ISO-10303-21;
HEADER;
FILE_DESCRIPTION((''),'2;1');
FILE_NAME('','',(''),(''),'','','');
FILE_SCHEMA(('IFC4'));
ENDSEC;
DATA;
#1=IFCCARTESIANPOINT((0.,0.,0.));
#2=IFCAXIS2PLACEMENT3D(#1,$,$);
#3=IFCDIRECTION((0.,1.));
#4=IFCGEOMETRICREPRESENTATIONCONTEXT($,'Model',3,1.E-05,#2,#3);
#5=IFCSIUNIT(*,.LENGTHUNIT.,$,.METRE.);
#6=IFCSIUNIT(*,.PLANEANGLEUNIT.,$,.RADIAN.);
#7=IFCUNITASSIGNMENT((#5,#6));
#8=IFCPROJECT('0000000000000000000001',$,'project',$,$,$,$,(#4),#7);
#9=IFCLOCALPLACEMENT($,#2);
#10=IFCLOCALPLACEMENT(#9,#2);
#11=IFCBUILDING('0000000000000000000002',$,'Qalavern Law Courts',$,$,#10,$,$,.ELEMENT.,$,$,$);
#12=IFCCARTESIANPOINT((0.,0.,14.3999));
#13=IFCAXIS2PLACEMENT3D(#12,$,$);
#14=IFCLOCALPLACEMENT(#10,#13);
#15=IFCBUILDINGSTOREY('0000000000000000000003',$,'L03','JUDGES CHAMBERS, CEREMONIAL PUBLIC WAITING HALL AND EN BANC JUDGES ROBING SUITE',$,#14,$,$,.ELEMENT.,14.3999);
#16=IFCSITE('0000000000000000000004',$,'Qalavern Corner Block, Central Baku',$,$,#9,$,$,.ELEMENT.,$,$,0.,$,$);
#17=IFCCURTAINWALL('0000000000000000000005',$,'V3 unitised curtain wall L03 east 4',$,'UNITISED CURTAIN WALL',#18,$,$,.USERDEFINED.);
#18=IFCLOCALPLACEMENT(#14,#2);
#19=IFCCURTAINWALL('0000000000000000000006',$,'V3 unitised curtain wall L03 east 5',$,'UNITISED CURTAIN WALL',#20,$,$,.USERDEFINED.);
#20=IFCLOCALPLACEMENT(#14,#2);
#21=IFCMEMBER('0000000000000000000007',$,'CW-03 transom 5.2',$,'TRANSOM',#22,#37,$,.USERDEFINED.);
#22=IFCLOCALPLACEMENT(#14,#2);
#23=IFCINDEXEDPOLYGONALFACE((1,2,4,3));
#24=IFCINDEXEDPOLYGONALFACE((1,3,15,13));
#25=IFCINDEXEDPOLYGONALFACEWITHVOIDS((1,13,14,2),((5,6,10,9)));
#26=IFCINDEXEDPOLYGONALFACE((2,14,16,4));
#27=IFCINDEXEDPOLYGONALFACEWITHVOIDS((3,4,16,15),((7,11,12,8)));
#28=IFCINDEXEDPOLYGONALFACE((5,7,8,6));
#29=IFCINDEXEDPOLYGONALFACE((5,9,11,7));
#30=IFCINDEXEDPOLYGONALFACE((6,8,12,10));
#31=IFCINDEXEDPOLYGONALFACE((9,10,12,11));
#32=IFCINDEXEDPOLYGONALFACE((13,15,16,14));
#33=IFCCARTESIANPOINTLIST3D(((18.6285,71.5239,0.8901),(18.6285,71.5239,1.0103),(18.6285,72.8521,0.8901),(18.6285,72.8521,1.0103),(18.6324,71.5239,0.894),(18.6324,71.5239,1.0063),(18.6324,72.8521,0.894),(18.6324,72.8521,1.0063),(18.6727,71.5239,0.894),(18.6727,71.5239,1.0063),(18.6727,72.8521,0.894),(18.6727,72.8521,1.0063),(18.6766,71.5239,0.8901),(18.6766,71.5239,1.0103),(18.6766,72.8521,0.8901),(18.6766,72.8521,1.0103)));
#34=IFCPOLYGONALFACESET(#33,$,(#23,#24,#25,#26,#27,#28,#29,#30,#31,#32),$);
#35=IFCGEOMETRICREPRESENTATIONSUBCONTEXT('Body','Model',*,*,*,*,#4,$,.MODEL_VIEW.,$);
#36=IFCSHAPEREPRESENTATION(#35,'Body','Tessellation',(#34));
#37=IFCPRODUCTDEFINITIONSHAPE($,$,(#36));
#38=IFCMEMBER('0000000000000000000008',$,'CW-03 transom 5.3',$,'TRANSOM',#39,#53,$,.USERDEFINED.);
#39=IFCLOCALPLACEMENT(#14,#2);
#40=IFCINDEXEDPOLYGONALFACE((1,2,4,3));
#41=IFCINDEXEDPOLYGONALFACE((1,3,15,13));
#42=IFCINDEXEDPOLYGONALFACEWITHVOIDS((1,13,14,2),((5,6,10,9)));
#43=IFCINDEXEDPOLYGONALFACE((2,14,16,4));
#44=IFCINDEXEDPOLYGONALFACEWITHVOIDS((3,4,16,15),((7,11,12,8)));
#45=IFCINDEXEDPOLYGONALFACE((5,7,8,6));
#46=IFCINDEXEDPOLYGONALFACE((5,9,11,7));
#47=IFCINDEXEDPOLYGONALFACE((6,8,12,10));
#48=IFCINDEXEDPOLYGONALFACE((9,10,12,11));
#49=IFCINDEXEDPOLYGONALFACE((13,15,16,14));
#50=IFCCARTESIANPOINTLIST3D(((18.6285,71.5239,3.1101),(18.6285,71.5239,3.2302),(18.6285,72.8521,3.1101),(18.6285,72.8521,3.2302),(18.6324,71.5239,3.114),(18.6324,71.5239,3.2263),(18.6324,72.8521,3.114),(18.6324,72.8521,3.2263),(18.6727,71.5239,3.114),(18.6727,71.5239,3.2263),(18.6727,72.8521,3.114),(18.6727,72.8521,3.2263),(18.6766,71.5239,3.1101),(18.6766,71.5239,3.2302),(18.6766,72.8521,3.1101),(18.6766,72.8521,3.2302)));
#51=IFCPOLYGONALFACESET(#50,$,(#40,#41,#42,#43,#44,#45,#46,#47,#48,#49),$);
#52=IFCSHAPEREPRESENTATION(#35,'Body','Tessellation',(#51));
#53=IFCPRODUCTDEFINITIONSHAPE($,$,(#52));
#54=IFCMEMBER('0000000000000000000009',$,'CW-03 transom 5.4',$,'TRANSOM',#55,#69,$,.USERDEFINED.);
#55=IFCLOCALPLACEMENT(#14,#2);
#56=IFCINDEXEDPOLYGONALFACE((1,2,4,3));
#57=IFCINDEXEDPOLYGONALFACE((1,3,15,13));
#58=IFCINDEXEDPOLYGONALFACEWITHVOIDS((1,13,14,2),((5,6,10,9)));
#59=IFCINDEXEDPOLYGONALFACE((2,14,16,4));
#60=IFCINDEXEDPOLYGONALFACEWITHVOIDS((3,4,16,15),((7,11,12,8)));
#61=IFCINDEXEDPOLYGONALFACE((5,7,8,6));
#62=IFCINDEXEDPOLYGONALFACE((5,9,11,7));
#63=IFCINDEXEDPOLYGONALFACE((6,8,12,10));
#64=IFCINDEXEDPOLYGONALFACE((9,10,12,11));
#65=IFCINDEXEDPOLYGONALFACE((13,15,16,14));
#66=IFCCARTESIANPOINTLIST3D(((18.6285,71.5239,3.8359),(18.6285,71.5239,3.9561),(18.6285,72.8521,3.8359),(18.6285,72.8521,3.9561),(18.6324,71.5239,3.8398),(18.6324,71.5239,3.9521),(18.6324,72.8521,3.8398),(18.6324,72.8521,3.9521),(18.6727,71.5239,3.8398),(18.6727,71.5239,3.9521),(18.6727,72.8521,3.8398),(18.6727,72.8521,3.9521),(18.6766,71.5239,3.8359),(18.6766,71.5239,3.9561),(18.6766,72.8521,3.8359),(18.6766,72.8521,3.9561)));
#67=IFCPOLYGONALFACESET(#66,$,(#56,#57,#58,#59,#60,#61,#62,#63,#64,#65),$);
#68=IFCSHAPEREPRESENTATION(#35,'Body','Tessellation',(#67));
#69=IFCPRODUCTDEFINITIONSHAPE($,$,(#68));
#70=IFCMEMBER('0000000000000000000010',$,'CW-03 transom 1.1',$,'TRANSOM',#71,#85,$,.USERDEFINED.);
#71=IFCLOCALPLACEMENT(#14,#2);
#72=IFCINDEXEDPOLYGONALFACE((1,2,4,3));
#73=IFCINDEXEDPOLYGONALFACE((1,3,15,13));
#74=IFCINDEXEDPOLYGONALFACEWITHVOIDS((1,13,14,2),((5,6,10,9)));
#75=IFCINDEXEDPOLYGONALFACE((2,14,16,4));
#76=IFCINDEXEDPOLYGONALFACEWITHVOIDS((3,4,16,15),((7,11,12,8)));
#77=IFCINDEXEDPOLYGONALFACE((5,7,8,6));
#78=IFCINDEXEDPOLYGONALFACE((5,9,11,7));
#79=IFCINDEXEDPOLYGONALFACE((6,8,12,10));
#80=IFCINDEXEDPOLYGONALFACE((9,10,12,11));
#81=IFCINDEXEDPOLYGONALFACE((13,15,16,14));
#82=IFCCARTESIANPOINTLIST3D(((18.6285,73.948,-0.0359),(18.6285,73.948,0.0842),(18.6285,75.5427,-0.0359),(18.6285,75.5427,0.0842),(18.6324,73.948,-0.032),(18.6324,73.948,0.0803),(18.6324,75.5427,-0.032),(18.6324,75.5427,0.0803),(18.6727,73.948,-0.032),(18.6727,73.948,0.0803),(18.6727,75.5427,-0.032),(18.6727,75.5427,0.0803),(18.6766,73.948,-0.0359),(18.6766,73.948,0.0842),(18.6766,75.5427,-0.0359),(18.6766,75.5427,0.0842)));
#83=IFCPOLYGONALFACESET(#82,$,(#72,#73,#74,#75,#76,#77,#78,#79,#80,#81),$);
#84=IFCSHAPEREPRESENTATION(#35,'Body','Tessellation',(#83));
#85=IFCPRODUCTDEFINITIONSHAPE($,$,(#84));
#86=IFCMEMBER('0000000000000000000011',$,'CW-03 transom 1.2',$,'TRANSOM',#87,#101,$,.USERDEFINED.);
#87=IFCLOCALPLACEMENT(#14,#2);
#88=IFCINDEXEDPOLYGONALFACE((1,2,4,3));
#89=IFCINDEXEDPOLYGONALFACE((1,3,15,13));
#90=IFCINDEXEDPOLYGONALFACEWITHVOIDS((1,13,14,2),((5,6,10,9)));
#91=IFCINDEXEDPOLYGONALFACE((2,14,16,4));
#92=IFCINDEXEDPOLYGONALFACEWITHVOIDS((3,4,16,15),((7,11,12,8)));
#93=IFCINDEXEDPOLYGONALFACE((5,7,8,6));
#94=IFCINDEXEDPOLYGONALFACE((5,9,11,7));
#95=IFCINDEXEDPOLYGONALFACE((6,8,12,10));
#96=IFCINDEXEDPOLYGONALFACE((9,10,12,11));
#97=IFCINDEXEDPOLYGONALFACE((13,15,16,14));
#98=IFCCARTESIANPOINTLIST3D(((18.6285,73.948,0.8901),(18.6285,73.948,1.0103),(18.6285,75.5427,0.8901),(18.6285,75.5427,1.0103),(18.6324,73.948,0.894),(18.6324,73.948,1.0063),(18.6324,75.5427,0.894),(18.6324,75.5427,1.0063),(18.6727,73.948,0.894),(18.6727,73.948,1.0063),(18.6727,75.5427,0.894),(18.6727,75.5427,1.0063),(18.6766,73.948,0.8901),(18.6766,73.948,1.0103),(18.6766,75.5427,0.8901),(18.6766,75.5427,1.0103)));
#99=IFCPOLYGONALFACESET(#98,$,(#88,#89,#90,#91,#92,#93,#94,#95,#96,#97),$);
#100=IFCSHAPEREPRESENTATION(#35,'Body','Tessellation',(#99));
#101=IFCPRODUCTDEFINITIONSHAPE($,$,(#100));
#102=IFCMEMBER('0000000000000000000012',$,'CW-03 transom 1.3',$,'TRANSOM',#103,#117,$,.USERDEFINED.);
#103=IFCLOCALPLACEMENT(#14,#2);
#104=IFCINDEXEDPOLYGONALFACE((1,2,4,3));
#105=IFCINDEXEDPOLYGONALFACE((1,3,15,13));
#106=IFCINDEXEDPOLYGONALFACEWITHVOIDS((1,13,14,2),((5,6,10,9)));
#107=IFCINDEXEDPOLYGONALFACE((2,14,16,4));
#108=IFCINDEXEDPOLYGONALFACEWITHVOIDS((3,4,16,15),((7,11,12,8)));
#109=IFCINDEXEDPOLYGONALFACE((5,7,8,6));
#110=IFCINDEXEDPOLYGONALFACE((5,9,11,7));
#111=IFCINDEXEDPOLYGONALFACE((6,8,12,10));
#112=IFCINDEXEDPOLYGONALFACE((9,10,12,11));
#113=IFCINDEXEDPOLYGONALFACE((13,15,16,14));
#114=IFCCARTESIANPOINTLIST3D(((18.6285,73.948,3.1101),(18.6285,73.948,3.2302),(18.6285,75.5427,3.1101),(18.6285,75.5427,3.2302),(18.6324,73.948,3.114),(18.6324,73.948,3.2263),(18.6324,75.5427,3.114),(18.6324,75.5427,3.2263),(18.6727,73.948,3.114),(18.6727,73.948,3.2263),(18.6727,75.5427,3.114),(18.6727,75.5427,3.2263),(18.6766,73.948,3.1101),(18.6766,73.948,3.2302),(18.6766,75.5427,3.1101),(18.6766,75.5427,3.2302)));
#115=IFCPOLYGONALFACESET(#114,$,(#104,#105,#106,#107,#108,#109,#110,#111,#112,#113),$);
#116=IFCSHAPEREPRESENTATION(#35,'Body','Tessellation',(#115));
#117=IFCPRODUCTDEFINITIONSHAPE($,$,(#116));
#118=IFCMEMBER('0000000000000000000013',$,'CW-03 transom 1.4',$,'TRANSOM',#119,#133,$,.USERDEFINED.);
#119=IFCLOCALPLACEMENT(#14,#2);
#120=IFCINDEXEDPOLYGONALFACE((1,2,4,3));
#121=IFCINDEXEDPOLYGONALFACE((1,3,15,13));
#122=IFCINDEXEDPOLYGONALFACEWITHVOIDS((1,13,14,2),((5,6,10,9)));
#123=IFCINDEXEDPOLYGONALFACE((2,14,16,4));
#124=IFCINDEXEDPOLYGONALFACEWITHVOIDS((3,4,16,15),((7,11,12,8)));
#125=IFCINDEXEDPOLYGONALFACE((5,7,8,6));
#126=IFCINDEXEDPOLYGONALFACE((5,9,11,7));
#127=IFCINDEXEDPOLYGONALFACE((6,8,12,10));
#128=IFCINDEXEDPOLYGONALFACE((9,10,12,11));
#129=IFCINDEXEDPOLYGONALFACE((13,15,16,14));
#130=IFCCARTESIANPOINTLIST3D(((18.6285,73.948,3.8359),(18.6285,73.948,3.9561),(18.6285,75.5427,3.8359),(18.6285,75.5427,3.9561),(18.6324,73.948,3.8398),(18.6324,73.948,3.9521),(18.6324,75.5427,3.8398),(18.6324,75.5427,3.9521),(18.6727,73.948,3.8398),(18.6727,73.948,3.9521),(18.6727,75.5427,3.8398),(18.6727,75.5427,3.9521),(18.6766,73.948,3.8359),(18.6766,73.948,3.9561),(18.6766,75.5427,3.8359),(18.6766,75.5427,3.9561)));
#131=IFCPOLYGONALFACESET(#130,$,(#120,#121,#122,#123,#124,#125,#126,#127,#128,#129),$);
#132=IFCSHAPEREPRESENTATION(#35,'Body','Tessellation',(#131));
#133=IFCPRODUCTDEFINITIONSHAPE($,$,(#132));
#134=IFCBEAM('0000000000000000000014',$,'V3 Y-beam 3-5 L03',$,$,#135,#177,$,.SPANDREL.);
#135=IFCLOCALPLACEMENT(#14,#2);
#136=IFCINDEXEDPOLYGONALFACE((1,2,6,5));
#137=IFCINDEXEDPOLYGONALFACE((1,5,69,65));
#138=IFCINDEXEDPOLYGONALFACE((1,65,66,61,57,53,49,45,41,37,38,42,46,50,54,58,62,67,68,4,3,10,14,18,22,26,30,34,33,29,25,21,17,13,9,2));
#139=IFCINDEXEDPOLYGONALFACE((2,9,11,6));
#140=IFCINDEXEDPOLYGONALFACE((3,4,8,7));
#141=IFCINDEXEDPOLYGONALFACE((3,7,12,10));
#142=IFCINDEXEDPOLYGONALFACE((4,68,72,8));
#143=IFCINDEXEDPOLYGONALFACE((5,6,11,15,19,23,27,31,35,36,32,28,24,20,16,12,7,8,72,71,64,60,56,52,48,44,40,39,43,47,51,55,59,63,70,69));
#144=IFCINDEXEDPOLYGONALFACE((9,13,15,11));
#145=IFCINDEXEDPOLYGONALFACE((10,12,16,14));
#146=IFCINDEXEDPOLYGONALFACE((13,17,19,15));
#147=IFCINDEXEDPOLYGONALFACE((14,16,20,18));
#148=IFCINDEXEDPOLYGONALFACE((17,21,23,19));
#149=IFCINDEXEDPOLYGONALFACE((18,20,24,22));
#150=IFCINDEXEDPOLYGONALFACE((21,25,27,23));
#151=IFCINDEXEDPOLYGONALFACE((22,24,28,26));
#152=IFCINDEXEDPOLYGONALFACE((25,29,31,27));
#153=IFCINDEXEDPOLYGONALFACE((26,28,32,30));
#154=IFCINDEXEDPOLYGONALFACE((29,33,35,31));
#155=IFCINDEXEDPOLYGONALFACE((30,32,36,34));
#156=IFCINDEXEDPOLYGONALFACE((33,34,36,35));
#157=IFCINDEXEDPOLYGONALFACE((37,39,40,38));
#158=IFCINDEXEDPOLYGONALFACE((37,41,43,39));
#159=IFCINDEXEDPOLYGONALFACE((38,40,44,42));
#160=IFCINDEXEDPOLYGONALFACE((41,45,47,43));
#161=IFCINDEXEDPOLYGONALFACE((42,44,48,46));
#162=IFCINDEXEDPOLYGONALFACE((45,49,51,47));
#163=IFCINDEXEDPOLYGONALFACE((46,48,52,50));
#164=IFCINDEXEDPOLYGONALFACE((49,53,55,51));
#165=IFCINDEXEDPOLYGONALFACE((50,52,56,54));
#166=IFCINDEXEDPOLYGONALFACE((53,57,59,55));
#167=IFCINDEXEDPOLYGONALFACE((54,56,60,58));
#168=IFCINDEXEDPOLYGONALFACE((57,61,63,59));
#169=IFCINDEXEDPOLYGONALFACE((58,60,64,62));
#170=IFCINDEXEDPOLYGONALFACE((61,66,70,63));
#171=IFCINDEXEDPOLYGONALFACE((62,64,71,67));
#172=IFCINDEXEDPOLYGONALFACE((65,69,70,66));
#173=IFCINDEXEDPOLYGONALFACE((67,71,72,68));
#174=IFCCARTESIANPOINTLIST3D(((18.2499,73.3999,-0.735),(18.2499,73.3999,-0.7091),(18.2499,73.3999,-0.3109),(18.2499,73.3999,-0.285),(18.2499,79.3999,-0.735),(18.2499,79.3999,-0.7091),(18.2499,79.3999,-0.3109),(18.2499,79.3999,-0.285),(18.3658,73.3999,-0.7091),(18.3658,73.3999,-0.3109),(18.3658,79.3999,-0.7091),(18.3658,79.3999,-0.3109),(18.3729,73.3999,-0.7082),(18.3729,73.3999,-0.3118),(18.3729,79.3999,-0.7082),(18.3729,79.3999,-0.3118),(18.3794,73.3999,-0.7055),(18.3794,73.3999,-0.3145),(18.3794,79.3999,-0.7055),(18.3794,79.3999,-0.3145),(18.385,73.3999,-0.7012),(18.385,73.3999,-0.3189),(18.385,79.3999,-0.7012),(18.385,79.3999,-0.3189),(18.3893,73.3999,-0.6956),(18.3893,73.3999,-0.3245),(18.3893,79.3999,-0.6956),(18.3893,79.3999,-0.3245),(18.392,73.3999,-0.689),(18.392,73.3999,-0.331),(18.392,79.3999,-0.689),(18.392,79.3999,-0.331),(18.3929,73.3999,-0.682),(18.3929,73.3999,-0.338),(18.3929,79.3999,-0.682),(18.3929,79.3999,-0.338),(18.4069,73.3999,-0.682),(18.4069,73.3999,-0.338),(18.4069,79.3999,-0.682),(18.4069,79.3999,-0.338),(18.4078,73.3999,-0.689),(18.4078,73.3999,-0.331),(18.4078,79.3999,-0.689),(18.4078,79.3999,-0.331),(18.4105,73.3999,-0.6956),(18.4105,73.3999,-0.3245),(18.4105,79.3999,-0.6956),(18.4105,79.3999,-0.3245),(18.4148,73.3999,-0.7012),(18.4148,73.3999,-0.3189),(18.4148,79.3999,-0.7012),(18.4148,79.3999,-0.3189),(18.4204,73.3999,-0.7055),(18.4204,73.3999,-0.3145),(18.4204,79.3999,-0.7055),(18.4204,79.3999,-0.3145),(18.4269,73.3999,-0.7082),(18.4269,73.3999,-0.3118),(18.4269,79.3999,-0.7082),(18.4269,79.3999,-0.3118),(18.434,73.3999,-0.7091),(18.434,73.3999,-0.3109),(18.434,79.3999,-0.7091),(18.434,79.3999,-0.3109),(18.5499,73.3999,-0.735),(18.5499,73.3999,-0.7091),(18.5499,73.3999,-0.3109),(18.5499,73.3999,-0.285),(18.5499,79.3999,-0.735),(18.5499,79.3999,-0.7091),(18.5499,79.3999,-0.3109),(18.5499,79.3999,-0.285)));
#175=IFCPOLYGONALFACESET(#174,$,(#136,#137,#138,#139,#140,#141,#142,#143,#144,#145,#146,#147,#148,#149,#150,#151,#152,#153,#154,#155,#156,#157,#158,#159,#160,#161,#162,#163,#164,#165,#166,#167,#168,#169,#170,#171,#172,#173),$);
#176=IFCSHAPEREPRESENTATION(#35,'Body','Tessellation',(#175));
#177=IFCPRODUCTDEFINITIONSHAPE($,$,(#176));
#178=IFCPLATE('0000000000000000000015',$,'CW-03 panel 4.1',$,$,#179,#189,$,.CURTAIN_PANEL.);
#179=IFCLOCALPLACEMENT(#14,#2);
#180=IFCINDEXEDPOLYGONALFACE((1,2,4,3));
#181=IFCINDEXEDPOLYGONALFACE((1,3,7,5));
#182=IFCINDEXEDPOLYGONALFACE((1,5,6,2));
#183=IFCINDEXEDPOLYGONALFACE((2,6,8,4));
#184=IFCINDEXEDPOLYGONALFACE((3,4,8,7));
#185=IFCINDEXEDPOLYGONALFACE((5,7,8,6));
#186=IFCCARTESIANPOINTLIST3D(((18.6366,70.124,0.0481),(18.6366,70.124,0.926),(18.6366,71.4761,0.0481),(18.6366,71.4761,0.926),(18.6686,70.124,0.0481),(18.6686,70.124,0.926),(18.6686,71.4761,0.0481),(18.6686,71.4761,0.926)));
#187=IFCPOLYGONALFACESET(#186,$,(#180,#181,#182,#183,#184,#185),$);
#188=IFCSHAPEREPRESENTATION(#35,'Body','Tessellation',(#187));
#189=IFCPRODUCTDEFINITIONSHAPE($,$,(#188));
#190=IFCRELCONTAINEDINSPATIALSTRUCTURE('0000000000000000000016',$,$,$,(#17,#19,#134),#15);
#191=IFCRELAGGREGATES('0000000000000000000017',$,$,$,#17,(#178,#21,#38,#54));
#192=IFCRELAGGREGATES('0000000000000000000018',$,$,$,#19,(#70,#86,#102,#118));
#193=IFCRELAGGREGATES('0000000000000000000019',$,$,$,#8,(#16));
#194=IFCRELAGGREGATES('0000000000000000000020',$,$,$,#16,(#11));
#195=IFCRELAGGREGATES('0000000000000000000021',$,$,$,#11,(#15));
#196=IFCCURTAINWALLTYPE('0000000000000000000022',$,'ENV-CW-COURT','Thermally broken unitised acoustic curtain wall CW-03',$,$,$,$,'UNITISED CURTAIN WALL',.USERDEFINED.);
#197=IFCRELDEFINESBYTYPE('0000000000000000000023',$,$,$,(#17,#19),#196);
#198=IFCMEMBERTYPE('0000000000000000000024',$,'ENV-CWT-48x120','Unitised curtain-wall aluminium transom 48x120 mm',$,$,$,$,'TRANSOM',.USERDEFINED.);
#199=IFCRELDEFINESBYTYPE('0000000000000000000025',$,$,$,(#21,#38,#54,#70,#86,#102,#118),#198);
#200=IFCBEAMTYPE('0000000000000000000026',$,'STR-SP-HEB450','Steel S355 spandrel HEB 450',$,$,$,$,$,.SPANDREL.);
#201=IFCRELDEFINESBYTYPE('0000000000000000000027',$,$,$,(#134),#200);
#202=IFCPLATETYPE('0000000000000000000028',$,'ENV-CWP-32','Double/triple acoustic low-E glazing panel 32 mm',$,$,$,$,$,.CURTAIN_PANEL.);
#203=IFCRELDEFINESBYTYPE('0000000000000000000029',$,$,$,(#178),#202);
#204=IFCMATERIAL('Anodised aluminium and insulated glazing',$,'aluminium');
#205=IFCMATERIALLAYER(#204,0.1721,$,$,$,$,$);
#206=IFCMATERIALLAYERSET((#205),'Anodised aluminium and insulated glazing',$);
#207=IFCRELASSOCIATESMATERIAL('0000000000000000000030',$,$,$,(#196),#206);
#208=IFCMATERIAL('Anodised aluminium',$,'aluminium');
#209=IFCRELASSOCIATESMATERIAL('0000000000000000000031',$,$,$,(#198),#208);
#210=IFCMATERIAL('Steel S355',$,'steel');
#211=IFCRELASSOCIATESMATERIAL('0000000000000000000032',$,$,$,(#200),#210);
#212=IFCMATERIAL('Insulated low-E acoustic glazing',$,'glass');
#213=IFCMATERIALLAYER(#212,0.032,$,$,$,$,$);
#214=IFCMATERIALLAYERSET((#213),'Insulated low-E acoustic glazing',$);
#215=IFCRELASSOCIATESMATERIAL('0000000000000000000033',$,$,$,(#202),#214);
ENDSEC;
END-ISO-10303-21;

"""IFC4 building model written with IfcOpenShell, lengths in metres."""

from ifc_helpers import new_model, si_unit, direction, frame, origin, origin_2d, place, context, subcontext, project, spatial, rectangle, hollow_rectangle, i_section, extrude, material, layer, layer_set, material_profile, profile_set, type_object, element, aggregate, save


model = new_model("IFC4")

# Units and contexts
model_context = context("Model", 3, precision=1e-05, world=origin(), true_north=direction((0.0, 1.0)))
body_context = subcontext(model_context, "Body", "Model", "MODEL_VIEW")
ifc_project = project(units=[si_unit("LENGTHUNIT", "METRE"), si_unit("PLANEANGLEUNIT", "RADIAN")], contexts=[model_context])

# Site, building, storey
site_placement = place(None, origin())
site = spatial("IfcSite", under=ifc_project, at=site_placement, Name="Qalavern Corner Block, Central Baku", CompositionType="ELEMENT", RefElevation=0.0)
building_placement = place(site_placement, origin())
building = spatial("IfcBuilding", under=site, at=building_placement, Name="Qalavern Law Courts", CompositionType="ELEMENT")
storey_placement = place(building_placement, frame((0.0, 0.0, 14.3999)))
storey = spatial("IfcBuildingStorey", under=building, at=storey_placement, Name="L03", Description="JUDGES CHAMBERS, CEREMONIAL PUBLIC WAITING HALL AND EN BANC JUDGES ROBING SUITE", CompositionType="ELEMENT", Elevation=14.3999)

# Curtain walls
ifc_material_1 = material(Name="Anodised aluminium and insulated glazing", Category="aluminium")
ifc_layer_1 = layer(ifc_material_1, 0.1721)
ifc_layer_set_1 = layer_set([ifc_layer_1], Name="Anodised aluminium and insulated glazing")
curtain_wall_type = type_object("IfcCurtainWallType", Name="ENV-CW-COURT", Description="Thermally broken unitised acoustic curtain wall CW-03", ElementType="UNITISED CURTAIN WALL", PredefinedType="USERDEFINED", material=ifc_layer_set_1)
curtain_wall_1_placement = place(storey_placement, origin())
curtain_wall_1 = element("IfcCurtainWall", 1, at=curtain_wall_1_placement, inside=storey, type_object=curtain_wall_type, Name="V3 unitised curtain wall L03 east 4", ObjectType="UNITISED CURTAIN WALL", PredefinedType="USERDEFINED")
ifc_material_2 = material(Name="Anodised aluminium", Category="aluminium")
curtain_wall_2_placement = place(storey_placement, origin())
curtain_wall_2 = element("IfcCurtainWall", 2, at=curtain_wall_2_placement, inside=storey, type_object=curtain_wall_type, Name="V3 unitised curtain wall L03 east 5", ObjectType="UNITISED CURTAIN WALL", PredefinedType="USERDEFINED")

# Members
ifc_material_profile_1 = material_profile(ifc_material_2, hollow_rectangle(XDim=0.0481, YDim=0.1201, WallThickness=0.0039, at=origin_2d()), Name="ALU TRANSOM 48x120")
ifc_profile_set_1 = profile_set([ifc_material_profile_1], Name="Anodised aluminium")
member_type_1 = type_object("IfcMemberType", Name="ENV-CWT-48x120", Description="Unitised curtain-wall aluminium transom 48x120 mm", ElementType="TRANSOM", PredefinedType="USERDEFINED", material=ifc_profile_set_1)
member_1_placement = place(storey_placement, frame((18.6526, 71.5239, 0.9502), z_axis=(0.0, 1.0, 0.0), x_axis=(-1.0, 0.0, 0.0)))
member_1 = element("IfcMember", 3, at=member_1_placement, type_object=member_type_1, Name="CW-03 transom 5.2", ObjectType="TRANSOM", PredefinedType="USERDEFINED", context=body_context, shape_type="SweptSolid", body=[
    extrude(hollow_rectangle(XDim=0.0481, YDim=0.1201, WallThickness=0.0039, at=origin_2d()), origin(), (0.0, 0.0, 1.0), 1.3281),
])
member_2_placement = place(storey_placement, frame((18.6526, 71.5239, 3.1702), z_axis=(0.0, 1.0, 0.0), x_axis=(-1.0, 0.0, 0.0)))
member_2 = element("IfcMember", 4, at=member_2_placement, type_object=member_type_1, Name="CW-03 transom 5.3", ObjectType="TRANSOM", PredefinedType="USERDEFINED", context=body_context, shape_type="SweptSolid", body=[
    extrude(hollow_rectangle(XDim=0.0481, YDim=0.1201, WallThickness=0.0039, at=origin_2d()), origin(), (0.0, 0.0, 1.0), 1.3281),
])
member_3_placement = place(storey_placement, frame((18.6526, 71.5239, 3.896), z_axis=(0.0, 1.0, 0.0), x_axis=(-1.0, 0.0, 0.0)))
member_3 = element("IfcMember", 5, at=member_3_placement, type_object=member_type_1, Name="CW-03 transom 5.4", ObjectType="TRANSOM", PredefinedType="USERDEFINED", context=body_context, shape_type="SweptSolid", body=[
    extrude(hollow_rectangle(XDim=0.0481, YDim=0.1201, WallThickness=0.0039, at=origin_2d()), origin(), (0.0, 0.0, 1.0), 1.3281),
])
member_4_placement = place(storey_placement, frame((18.6526, 73.948, 0.0242), z_axis=(0.0, 1.0, 0.0), x_axis=(-1.0, 0.0, 0.0)))
member_4 = element("IfcMember", 6, at=member_4_placement, type_object=member_type_1, Name="CW-03 transom 1.1", ObjectType="TRANSOM", PredefinedType="USERDEFINED", context=body_context, shape_type="SweptSolid", body=[
    extrude(hollow_rectangle(XDim=0.0481, YDim=0.1201, WallThickness=0.0039, at=origin_2d()), origin(), (0.0, 0.0, 1.0), 1.5947),
])
member_5_placement = place(storey_placement, frame((18.6526, 73.948, 0.9502), z_axis=(0.0, 1.0, 0.0), x_axis=(-1.0, 0.0, 0.0)))
member_5 = element("IfcMember", 7, at=member_5_placement, type_object=member_type_1, Name="CW-03 transom 1.2", ObjectType="TRANSOM", PredefinedType="USERDEFINED", context=body_context, shape_type="SweptSolid", body=[
    extrude(hollow_rectangle(XDim=0.0481, YDim=0.1201, WallThickness=0.0039, at=origin_2d()), origin(), (0.0, 0.0, 1.0), 1.5947),
])
member_6_placement = place(storey_placement, frame((18.6526, 73.948, 3.1702), z_axis=(0.0, 1.0, 0.0), x_axis=(-1.0, 0.0, 0.0)))
member_6 = element("IfcMember", 8, at=member_6_placement, type_object=member_type_1, Name="CW-03 transom 1.3", ObjectType="TRANSOM", PredefinedType="USERDEFINED", context=body_context, shape_type="SweptSolid", body=[
    extrude(hollow_rectangle(XDim=0.0481, YDim=0.1201, WallThickness=0.0039, at=origin_2d()), origin(), (0.0, 0.0, 1.0), 1.5947),
])
member_7_placement = place(storey_placement, frame((18.6526, 73.948, 3.896), z_axis=(0.0, 1.0, 0.0), x_axis=(-1.0, 0.0, 0.0)))
member_7 = element("IfcMember", 9, at=member_7_placement, type_object=member_type_1, Name="CW-03 transom 1.4", ObjectType="TRANSOM", PredefinedType="USERDEFINED", context=body_context, shape_type="SweptSolid", body=[
    extrude(hollow_rectangle(XDim=0.0481, YDim=0.1201, WallThickness=0.0039, at=origin_2d()), origin(), (0.0, 0.0, 1.0), 1.5947),
])

# Beam
ifc_material_3 = material(Name="Steel S355", Category="steel")
ifc_material_profile_2 = material_profile(ifc_material_3, i_section(OverallWidth=0.3, OverallDepth=0.45, WebThickness=0.0139, FlangeThickness=0.0259, FilletRadius=0.0271, at=origin_2d()), Name="HEB 450")
ifc_profile_set_2 = profile_set([ifc_material_profile_2], Name="Steel S355")
beam_type = type_object("IfcBeamType", Name="STR-SP-HEB450", Description="Steel S355 spandrel HEB 450", PredefinedType="SPANDREL", material=ifc_profile_set_2)
beam_placement = place(storey_placement, frame((18.3999, 73.3999, -0.51), z_axis=(0.0, 1.0, 0.0), x_axis=(-1.0, 0.0, 0.0)))
element("IfcBeam", 10, at=beam_placement, inside=storey, type_object=beam_type, Name="V3 Y-beam 3-5 L03", PredefinedType="SPANDREL", context=body_context, shape_type="SweptSolid", body=[
    extrude(i_section(OverallWidth=0.3, OverallDepth=0.45, WebThickness=0.0139, FlangeThickness=0.0259, FilletRadius=0.0271, at=origin_2d()), origin(), (0.0, 0.0, 1.0), 6.0),
])

# Plate
ifc_material_4 = material(Name="Insulated low-E acoustic glazing", Category="glass")
ifc_layer_2 = layer(ifc_material_4, 0.032)
ifc_layer_set_2 = layer_set([ifc_layer_2], Name="Insulated low-E acoustic glazing")
plate_type_1 = type_object("IfcPlateType", Name="ENV-CWP-32", Description="Double/triple acoustic low-E glazing panel 32 mm", PredefinedType="CURTAIN_PANEL", material=ifc_layer_set_2)
plate_1_placement = place(storey_placement, frame((18.6526, 70.8, 0.0481), z_axis=(0.0, 0.0, 1.0), x_axis=(0.0, 1.0, 0.0)))
plate_1 = element("IfcPlate", 11, at=plate_1_placement, type_object=plate_type_1, Name="CW-03 panel 4.1", PredefinedType="CURTAIN_PANEL", context=body_context, shape_type="SweptSolid", body=[
    extrude(rectangle(XDim=1.3521, YDim=0.032, at=origin_2d()), origin(), (0.0, 0.0, 1.0), 0.8779),
])
aggregate(curtain_wall_1, [plate_1, member_1, member_2, member_3])
aggregate(curtain_wall_2, [member_4, member_5, member_6, member_7])

save(model, "model.ifc")
